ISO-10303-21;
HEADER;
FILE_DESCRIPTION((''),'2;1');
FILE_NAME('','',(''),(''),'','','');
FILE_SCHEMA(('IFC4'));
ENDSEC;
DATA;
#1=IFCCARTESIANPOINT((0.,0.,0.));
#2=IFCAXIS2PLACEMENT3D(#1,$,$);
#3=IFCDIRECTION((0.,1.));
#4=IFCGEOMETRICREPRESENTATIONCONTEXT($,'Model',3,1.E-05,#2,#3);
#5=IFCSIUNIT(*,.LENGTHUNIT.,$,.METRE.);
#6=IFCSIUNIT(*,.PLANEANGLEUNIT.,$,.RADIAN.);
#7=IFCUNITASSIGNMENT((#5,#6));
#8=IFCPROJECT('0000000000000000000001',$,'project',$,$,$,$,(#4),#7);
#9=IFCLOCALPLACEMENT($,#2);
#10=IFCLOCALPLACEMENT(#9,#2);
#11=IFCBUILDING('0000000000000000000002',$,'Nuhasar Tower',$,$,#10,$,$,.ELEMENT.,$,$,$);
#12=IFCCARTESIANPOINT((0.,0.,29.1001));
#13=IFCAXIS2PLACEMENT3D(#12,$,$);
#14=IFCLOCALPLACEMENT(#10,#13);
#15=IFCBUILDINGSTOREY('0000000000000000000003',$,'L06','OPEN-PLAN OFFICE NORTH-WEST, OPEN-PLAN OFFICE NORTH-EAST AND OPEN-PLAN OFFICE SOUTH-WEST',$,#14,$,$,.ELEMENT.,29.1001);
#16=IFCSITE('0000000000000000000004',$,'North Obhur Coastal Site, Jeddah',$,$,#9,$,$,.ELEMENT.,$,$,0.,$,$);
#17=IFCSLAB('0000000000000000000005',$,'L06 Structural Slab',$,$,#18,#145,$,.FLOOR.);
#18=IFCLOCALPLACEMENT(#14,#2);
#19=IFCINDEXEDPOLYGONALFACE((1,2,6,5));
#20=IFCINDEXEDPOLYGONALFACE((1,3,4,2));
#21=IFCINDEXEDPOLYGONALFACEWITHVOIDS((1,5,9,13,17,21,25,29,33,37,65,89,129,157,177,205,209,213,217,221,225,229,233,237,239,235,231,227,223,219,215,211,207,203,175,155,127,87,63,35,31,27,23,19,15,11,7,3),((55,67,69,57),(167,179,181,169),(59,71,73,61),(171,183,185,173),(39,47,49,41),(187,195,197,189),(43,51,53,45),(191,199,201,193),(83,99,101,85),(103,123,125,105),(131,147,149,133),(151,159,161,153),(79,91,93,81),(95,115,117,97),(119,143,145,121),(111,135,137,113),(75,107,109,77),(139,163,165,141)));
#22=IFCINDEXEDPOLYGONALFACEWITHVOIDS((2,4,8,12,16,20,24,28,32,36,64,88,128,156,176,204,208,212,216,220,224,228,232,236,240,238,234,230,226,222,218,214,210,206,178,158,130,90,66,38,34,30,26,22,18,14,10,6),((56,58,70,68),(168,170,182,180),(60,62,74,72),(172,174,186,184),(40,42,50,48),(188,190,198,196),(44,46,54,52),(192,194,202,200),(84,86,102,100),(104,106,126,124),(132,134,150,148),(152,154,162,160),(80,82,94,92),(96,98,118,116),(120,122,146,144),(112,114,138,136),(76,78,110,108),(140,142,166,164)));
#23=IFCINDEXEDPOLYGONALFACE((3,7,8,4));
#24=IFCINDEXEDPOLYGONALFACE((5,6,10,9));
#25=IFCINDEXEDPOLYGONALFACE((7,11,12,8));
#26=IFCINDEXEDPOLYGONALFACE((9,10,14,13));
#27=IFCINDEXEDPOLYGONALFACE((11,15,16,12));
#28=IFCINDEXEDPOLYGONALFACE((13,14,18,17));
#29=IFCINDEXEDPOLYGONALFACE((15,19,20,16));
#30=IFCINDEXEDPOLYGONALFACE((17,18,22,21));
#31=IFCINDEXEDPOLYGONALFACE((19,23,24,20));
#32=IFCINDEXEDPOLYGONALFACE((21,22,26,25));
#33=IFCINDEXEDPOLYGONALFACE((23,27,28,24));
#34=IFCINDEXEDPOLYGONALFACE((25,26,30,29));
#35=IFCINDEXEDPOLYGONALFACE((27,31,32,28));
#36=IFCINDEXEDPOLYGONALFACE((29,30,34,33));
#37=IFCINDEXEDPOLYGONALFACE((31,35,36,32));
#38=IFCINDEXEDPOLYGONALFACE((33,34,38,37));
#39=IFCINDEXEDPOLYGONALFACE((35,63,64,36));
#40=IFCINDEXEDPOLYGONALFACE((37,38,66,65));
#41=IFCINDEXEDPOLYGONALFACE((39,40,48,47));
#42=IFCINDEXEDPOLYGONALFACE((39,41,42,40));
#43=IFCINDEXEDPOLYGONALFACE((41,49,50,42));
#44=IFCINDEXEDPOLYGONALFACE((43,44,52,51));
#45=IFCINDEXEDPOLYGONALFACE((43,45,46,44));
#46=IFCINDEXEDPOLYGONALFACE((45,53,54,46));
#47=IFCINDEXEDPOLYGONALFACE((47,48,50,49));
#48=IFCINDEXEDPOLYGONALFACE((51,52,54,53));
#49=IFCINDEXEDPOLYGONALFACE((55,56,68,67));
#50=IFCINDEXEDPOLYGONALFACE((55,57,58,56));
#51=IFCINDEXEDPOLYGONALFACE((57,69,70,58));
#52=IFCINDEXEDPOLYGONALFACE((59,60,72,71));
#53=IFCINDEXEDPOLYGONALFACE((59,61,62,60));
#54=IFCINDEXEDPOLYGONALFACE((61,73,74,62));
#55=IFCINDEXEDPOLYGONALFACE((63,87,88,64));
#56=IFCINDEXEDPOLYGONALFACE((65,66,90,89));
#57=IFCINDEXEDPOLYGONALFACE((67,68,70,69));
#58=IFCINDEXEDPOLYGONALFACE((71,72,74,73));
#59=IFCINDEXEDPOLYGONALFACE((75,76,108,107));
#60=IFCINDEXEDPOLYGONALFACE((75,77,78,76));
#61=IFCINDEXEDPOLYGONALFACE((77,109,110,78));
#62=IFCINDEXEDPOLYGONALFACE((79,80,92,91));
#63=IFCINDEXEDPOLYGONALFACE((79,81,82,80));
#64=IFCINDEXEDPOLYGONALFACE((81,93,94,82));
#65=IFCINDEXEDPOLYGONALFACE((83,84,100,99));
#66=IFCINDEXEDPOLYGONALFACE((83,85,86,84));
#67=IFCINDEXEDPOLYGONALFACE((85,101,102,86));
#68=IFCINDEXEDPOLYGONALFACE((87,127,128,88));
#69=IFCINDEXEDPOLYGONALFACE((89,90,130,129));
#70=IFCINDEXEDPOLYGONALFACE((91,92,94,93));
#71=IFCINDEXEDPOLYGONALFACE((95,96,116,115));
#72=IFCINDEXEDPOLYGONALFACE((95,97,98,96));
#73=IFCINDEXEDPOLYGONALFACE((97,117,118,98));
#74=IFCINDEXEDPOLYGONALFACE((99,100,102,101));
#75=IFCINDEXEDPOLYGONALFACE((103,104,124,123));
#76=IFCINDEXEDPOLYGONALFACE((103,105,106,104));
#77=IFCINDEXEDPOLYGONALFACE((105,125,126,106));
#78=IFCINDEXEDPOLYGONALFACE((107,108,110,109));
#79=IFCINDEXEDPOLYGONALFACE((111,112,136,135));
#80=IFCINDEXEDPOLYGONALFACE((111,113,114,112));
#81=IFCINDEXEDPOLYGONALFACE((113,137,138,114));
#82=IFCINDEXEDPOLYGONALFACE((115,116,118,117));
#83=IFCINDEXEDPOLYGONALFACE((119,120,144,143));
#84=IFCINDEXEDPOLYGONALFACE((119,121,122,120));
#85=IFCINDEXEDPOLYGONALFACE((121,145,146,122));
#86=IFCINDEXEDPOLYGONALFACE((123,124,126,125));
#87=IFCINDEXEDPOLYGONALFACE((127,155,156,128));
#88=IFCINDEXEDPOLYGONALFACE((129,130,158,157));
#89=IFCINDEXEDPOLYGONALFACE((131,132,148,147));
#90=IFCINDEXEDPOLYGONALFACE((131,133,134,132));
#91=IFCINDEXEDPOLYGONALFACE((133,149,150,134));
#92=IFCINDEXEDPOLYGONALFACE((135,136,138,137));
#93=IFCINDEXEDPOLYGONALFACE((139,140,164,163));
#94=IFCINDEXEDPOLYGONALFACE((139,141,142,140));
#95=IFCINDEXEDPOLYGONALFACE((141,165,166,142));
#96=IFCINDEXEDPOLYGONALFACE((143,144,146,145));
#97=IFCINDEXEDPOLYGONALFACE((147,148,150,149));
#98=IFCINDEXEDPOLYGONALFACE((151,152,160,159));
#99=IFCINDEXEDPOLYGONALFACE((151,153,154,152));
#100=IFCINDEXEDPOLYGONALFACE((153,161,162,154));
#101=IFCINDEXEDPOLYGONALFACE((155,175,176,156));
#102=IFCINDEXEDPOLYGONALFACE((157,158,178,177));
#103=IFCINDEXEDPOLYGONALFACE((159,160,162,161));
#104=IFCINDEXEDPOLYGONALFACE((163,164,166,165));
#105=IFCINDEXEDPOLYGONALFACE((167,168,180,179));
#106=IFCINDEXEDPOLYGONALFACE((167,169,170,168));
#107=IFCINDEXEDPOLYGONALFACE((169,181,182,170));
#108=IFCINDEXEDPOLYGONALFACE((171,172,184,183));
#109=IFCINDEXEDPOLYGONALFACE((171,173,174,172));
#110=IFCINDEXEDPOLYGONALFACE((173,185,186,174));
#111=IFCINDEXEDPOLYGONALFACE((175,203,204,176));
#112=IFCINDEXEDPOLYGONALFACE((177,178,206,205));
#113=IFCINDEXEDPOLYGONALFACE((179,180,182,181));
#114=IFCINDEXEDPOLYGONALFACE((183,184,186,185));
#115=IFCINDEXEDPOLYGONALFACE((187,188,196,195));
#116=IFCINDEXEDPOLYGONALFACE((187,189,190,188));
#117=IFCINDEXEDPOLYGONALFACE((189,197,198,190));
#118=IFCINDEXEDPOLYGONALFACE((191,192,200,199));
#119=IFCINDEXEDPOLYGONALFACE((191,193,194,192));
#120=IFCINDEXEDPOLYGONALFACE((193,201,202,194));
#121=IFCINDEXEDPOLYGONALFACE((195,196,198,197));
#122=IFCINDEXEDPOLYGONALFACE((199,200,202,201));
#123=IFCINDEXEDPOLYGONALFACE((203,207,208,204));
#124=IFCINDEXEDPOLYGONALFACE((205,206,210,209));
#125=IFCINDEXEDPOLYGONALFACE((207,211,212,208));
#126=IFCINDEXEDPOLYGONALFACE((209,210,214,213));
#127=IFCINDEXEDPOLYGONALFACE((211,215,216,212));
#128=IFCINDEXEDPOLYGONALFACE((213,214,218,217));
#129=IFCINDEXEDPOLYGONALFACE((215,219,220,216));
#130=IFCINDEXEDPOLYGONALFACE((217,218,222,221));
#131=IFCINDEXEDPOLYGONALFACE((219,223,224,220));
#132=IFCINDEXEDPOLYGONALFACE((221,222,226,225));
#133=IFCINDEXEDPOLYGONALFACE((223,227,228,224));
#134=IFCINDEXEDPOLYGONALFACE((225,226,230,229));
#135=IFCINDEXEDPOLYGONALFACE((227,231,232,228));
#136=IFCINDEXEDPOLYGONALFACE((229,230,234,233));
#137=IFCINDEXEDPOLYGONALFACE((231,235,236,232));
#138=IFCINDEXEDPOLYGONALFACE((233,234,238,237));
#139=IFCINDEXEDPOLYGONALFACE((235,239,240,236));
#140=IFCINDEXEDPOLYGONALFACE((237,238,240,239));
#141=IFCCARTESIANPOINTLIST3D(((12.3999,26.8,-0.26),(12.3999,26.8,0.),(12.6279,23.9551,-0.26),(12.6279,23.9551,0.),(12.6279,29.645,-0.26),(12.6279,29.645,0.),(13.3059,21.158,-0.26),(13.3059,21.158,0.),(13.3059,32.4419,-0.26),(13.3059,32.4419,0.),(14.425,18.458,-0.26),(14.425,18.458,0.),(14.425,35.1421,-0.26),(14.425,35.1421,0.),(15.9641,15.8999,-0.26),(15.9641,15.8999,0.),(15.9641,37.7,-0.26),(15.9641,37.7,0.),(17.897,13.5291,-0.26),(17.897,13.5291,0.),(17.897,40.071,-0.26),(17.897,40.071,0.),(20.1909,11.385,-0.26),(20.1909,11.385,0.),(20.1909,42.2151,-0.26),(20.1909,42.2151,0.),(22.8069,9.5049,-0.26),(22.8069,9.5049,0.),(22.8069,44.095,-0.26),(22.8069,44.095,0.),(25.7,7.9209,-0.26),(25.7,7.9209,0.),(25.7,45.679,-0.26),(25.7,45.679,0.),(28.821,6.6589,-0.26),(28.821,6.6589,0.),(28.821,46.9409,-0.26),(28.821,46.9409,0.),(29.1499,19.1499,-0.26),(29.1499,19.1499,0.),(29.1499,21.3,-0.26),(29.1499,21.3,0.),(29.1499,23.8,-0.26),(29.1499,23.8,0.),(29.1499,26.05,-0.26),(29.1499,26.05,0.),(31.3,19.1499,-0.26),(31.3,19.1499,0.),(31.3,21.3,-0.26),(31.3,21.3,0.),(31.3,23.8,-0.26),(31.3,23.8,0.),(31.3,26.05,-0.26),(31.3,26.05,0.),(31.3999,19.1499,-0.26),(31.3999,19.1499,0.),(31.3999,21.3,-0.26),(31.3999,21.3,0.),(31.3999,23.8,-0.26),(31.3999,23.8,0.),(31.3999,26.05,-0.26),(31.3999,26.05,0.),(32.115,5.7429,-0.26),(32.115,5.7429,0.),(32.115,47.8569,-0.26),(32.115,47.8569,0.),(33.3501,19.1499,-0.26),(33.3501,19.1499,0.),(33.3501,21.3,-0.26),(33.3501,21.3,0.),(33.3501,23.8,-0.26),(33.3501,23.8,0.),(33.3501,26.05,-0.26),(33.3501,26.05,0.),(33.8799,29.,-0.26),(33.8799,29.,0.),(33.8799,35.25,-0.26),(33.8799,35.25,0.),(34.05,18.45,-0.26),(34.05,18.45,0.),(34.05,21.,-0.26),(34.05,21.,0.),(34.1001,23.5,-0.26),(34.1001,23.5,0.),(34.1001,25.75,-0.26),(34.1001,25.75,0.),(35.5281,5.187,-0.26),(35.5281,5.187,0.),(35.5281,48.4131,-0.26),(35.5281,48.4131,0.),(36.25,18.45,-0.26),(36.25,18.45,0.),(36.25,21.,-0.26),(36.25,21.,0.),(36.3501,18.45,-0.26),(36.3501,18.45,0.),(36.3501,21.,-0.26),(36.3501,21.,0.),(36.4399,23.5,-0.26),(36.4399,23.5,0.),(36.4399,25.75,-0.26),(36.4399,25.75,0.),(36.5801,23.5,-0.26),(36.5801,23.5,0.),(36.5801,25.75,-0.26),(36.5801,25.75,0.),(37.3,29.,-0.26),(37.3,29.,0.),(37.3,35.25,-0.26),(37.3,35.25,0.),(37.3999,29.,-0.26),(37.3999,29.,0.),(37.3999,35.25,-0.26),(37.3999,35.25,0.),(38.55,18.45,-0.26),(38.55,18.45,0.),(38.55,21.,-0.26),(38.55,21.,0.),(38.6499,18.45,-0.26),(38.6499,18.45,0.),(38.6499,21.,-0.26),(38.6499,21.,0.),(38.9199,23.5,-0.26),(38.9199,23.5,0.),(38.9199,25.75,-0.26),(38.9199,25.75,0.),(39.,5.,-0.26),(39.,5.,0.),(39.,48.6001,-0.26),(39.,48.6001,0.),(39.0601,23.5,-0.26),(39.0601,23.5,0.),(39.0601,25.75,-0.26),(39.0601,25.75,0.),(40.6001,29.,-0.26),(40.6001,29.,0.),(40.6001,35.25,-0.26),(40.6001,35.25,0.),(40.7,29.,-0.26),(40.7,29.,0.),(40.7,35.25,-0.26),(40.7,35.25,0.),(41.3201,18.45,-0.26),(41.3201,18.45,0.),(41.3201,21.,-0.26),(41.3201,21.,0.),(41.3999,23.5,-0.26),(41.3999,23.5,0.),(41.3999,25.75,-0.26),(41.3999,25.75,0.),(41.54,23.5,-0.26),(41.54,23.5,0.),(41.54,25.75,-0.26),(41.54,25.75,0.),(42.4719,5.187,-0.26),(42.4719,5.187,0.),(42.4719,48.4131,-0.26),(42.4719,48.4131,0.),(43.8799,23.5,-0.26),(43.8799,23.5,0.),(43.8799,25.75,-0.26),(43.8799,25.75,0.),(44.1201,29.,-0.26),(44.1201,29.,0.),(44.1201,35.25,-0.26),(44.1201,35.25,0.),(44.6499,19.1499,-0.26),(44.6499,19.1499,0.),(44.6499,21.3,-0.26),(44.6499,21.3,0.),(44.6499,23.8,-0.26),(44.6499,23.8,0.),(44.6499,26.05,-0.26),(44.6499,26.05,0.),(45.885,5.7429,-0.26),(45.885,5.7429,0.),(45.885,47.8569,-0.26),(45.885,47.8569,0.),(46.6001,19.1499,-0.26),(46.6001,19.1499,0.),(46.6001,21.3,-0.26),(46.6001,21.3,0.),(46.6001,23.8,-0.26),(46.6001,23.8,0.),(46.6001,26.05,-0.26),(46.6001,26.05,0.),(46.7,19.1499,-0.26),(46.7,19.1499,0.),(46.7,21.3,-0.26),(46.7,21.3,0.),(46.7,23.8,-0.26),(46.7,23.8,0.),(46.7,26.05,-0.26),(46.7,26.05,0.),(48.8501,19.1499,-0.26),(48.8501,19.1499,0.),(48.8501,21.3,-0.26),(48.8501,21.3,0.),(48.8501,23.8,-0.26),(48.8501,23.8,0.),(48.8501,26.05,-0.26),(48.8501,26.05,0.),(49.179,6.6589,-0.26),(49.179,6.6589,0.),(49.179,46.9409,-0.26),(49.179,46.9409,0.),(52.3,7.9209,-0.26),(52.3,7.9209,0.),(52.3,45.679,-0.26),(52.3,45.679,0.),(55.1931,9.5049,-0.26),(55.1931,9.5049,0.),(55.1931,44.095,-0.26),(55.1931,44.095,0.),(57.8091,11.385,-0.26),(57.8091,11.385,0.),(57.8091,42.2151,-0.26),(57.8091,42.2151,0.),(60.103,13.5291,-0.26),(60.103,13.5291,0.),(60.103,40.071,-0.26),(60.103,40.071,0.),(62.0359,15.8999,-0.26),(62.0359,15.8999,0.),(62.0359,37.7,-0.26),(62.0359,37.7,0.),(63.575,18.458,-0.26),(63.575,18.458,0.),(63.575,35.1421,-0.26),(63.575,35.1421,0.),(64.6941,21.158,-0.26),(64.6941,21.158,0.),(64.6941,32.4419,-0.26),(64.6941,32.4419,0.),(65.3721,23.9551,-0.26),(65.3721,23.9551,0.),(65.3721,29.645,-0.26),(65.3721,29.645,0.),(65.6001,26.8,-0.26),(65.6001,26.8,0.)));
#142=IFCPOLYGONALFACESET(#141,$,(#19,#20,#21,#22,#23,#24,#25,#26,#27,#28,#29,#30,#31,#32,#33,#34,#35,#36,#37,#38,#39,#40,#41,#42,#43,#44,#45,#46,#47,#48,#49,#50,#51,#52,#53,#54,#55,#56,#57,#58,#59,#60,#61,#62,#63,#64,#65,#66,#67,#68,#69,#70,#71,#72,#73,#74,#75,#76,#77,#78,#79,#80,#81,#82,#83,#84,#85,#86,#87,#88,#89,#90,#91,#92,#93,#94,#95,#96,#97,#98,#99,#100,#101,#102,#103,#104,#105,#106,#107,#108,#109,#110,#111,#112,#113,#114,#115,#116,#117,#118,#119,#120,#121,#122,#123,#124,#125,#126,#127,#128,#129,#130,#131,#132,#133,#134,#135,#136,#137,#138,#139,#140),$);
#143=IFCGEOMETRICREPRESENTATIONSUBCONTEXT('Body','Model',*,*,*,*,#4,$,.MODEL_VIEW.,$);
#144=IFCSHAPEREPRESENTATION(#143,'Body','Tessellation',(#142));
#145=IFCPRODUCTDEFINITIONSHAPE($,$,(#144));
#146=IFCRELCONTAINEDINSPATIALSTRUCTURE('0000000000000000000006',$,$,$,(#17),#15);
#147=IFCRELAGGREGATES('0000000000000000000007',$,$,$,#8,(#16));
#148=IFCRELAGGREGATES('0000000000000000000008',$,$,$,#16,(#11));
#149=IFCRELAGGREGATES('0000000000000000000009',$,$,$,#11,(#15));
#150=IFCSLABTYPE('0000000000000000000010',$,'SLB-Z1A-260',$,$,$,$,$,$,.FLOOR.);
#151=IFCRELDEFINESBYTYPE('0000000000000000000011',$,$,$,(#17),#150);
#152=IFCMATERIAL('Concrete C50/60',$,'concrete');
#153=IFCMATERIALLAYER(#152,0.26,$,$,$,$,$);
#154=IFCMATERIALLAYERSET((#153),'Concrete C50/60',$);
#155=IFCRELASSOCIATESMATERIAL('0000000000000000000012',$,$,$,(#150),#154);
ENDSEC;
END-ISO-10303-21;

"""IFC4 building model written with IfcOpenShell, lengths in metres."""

from ifc_helpers import new_model, si_unit, direction, frame, origin, place, context, subcontext, project, spatial, polyline, outline, extrude, material, layer, layer_set, type_object, element, save


model = new_model("IFC4")

# Units and contexts
model_context = context("Model", 3, precision=1e-05, world=origin(), true_north=direction((0.0, 1.0)))
body_context = subcontext(model_context, "Body", "Model", "MODEL_VIEW")
ifc_project = project(units=[si_unit("LENGTHUNIT", "METRE"), si_unit("PLANEANGLEUNIT", "RADIAN")], contexts=[model_context])

# Site, building, storey
site_placement = place(None, origin())
site = spatial("IfcSite", under=ifc_project, at=site_placement, Name="North Obhur Coastal Site, Jeddah", CompositionType="ELEMENT", RefElevation=0.0)
building_placement = place(site_placement, origin())
building = spatial("IfcBuilding", under=site, at=building_placement, Name="Nuhasar Tower", CompositionType="ELEMENT")
storey_placement = place(building_placement, frame((0.0, 0.0, 29.1001)))
storey = spatial("IfcBuildingStorey", under=building, at=storey_placement, Name="L06", Description="OPEN-PLAN OFFICE NORTH-WEST, OPEN-PLAN OFFICE NORTH-EAST AND OPEN-PLAN OFFICE SOUTH-WEST", CompositionType="ELEMENT", Elevation=29.1001)

# Slab
ifc_material_1 = material(Name="Concrete C50/60", Category="concrete")
ifc_layer_1 = layer(ifc_material_1, 0.26)
ifc_layer_set_1 = layer_set([ifc_layer_1], Name="Concrete C50/60")
slab_type_1 = type_object("IfcSlabType", Name="SLB-Z1A-260", PredefinedType="FLOOR", material=ifc_layer_set_1)
slab_1_placement = place(storey_placement, frame((0.0, 0.0, -0.26)))
element("IfcSlab", 1, at=slab_1_placement, inside=storey, type_object=slab_type_1, Name="L06 Structural Slab", PredefinedType="FLOOR", context=body_context, shape_type="SweptSolid", body=[
    extrude(outline(polyline([(65.6001, 26.8), (65.3721, 29.645), (64.6941, 32.4419), (63.575, 35.1421), (62.0359, 37.7), (60.103, 40.071), (57.8091, 42.2151), (55.1931, 44.095), (52.3, 45.679), (49.179, 46.9409), (45.885, 47.8569), (42.4719, 48.4131), (39.0, 48.6001), (35.5281, 48.4131), (32.115, 47.8569), (28.821, 46.9409), (25.7, 45.679), (22.8069, 44.095), (20.1909, 42.2151), (17.897, 40.071), (15.9641, 37.7), (14.425, 35.1421), (13.3059, 32.4419), (12.6279, 29.645), (12.3999, 26.8), (12.6279, 23.9551), (13.3059, 21.158), (14.425, 18.458), (15.9641, 15.8999), (17.897, 13.5291), (20.1909, 11.385), (22.8069, 9.5049), (25.7, 7.9209), (28.821, 6.6589), (32.115, 5.7429), (35.5281, 5.187), (39.0, 5.0), (42.4719, 5.187), (45.885, 5.7429), (49.179, 6.6589), (52.3, 7.9209), (55.1931, 9.5049), (57.8091, 11.385), (60.103, 13.5291), (62.0359, 15.8999), (63.575, 18.458), (64.6941, 21.158), (65.3721, 23.9551), (65.6001, 26.8)]), holes=[polyline([(33.8799, 35.25), (37.3, 35.25), (37.3, 29.0), (33.8799, 29.0), (33.8799, 35.25)]), polyline([(37.3999, 35.25), (40.6001, 35.25), (40.6001, 29.0), (37.3999, 29.0), (37.3999, 35.25)]), polyline([(40.7, 35.25), (44.1201, 35.25), (44.1201, 29.0), (40.7, 29.0), (40.7, 35.25)]), polyline([(29.1499, 26.05), (31.3, 26.05), (31.3, 23.8), (29.1499, 23.8), (29.1499, 26.05)]), polyline([(31.3999, 26.05), (33.3501, 26.05), (33.3501, 23.8), (31.3999, 23.8), (31.3999, 26.05)]), polyline([(29.1499, 21.3), (31.3, 21.3), (31.3, 19.1499), (29.1499, 19.1499), (29.1499, 21.3)]), polyline([(31.3999, 21.3), (33.3501, 21.3), (33.3501, 19.1499), (31.3999, 19.1499), (31.3999, 21.3)]), polyline([(44.6499, 26.05), (46.6001, 26.05), (46.6001, 23.8), (44.6499, 23.8), (44.6499, 26.05)]), polyline([(46.7, 26.05), (48.8501, 26.05), (48.8501, 23.8), (46.7, 23.8), (46.7, 26.05)]), polyline([(44.6499, 21.3), (46.6001, 21.3), (46.6001, 19.1499), (44.6499, 19.1499), (44.6499, 21.3)]), polyline([(46.7, 21.3), (48.8501, 21.3), (48.8501, 19.1499), (46.7, 19.1499), (46.7, 21.3)]), polyline([(34.1001, 25.75), (36.4399, 25.75), (36.4399, 23.5), (34.1001, 23.5), (34.1001, 25.75)]), polyline([(36.5801, 25.75), (38.9199, 25.75), (38.9199, 23.5), (36.5801, 23.5), (36.5801, 25.75)]), polyline([(39.0601, 25.75), (41.3999, 25.75), (41.3999, 23.5), (39.0601, 23.5), (39.0601, 25.75)]), polyline([(41.54, 25.75), (43.8799, 25.75), (43.8799, 23.5), (41.54, 23.5), (41.54, 25.75)]), polyline([(34.05, 21.0), (36.25, 21.0), (36.25, 18.45), (34.05, 18.45), (34.05, 21.0)]), polyline([(36.3501, 21.0), (38.55, 21.0), (38.55, 18.45), (36.3501, 18.45), (36.3501, 21.0)]), polyline([(38.6499, 21.0), (41.3201, 21.0), (41.3201, 18.45), (38.6499, 18.45), (38.6499, 21.0)])]), origin(), (0.0, 0.0, 1.0), 0.26),
])

save(model, "model.ifc")
